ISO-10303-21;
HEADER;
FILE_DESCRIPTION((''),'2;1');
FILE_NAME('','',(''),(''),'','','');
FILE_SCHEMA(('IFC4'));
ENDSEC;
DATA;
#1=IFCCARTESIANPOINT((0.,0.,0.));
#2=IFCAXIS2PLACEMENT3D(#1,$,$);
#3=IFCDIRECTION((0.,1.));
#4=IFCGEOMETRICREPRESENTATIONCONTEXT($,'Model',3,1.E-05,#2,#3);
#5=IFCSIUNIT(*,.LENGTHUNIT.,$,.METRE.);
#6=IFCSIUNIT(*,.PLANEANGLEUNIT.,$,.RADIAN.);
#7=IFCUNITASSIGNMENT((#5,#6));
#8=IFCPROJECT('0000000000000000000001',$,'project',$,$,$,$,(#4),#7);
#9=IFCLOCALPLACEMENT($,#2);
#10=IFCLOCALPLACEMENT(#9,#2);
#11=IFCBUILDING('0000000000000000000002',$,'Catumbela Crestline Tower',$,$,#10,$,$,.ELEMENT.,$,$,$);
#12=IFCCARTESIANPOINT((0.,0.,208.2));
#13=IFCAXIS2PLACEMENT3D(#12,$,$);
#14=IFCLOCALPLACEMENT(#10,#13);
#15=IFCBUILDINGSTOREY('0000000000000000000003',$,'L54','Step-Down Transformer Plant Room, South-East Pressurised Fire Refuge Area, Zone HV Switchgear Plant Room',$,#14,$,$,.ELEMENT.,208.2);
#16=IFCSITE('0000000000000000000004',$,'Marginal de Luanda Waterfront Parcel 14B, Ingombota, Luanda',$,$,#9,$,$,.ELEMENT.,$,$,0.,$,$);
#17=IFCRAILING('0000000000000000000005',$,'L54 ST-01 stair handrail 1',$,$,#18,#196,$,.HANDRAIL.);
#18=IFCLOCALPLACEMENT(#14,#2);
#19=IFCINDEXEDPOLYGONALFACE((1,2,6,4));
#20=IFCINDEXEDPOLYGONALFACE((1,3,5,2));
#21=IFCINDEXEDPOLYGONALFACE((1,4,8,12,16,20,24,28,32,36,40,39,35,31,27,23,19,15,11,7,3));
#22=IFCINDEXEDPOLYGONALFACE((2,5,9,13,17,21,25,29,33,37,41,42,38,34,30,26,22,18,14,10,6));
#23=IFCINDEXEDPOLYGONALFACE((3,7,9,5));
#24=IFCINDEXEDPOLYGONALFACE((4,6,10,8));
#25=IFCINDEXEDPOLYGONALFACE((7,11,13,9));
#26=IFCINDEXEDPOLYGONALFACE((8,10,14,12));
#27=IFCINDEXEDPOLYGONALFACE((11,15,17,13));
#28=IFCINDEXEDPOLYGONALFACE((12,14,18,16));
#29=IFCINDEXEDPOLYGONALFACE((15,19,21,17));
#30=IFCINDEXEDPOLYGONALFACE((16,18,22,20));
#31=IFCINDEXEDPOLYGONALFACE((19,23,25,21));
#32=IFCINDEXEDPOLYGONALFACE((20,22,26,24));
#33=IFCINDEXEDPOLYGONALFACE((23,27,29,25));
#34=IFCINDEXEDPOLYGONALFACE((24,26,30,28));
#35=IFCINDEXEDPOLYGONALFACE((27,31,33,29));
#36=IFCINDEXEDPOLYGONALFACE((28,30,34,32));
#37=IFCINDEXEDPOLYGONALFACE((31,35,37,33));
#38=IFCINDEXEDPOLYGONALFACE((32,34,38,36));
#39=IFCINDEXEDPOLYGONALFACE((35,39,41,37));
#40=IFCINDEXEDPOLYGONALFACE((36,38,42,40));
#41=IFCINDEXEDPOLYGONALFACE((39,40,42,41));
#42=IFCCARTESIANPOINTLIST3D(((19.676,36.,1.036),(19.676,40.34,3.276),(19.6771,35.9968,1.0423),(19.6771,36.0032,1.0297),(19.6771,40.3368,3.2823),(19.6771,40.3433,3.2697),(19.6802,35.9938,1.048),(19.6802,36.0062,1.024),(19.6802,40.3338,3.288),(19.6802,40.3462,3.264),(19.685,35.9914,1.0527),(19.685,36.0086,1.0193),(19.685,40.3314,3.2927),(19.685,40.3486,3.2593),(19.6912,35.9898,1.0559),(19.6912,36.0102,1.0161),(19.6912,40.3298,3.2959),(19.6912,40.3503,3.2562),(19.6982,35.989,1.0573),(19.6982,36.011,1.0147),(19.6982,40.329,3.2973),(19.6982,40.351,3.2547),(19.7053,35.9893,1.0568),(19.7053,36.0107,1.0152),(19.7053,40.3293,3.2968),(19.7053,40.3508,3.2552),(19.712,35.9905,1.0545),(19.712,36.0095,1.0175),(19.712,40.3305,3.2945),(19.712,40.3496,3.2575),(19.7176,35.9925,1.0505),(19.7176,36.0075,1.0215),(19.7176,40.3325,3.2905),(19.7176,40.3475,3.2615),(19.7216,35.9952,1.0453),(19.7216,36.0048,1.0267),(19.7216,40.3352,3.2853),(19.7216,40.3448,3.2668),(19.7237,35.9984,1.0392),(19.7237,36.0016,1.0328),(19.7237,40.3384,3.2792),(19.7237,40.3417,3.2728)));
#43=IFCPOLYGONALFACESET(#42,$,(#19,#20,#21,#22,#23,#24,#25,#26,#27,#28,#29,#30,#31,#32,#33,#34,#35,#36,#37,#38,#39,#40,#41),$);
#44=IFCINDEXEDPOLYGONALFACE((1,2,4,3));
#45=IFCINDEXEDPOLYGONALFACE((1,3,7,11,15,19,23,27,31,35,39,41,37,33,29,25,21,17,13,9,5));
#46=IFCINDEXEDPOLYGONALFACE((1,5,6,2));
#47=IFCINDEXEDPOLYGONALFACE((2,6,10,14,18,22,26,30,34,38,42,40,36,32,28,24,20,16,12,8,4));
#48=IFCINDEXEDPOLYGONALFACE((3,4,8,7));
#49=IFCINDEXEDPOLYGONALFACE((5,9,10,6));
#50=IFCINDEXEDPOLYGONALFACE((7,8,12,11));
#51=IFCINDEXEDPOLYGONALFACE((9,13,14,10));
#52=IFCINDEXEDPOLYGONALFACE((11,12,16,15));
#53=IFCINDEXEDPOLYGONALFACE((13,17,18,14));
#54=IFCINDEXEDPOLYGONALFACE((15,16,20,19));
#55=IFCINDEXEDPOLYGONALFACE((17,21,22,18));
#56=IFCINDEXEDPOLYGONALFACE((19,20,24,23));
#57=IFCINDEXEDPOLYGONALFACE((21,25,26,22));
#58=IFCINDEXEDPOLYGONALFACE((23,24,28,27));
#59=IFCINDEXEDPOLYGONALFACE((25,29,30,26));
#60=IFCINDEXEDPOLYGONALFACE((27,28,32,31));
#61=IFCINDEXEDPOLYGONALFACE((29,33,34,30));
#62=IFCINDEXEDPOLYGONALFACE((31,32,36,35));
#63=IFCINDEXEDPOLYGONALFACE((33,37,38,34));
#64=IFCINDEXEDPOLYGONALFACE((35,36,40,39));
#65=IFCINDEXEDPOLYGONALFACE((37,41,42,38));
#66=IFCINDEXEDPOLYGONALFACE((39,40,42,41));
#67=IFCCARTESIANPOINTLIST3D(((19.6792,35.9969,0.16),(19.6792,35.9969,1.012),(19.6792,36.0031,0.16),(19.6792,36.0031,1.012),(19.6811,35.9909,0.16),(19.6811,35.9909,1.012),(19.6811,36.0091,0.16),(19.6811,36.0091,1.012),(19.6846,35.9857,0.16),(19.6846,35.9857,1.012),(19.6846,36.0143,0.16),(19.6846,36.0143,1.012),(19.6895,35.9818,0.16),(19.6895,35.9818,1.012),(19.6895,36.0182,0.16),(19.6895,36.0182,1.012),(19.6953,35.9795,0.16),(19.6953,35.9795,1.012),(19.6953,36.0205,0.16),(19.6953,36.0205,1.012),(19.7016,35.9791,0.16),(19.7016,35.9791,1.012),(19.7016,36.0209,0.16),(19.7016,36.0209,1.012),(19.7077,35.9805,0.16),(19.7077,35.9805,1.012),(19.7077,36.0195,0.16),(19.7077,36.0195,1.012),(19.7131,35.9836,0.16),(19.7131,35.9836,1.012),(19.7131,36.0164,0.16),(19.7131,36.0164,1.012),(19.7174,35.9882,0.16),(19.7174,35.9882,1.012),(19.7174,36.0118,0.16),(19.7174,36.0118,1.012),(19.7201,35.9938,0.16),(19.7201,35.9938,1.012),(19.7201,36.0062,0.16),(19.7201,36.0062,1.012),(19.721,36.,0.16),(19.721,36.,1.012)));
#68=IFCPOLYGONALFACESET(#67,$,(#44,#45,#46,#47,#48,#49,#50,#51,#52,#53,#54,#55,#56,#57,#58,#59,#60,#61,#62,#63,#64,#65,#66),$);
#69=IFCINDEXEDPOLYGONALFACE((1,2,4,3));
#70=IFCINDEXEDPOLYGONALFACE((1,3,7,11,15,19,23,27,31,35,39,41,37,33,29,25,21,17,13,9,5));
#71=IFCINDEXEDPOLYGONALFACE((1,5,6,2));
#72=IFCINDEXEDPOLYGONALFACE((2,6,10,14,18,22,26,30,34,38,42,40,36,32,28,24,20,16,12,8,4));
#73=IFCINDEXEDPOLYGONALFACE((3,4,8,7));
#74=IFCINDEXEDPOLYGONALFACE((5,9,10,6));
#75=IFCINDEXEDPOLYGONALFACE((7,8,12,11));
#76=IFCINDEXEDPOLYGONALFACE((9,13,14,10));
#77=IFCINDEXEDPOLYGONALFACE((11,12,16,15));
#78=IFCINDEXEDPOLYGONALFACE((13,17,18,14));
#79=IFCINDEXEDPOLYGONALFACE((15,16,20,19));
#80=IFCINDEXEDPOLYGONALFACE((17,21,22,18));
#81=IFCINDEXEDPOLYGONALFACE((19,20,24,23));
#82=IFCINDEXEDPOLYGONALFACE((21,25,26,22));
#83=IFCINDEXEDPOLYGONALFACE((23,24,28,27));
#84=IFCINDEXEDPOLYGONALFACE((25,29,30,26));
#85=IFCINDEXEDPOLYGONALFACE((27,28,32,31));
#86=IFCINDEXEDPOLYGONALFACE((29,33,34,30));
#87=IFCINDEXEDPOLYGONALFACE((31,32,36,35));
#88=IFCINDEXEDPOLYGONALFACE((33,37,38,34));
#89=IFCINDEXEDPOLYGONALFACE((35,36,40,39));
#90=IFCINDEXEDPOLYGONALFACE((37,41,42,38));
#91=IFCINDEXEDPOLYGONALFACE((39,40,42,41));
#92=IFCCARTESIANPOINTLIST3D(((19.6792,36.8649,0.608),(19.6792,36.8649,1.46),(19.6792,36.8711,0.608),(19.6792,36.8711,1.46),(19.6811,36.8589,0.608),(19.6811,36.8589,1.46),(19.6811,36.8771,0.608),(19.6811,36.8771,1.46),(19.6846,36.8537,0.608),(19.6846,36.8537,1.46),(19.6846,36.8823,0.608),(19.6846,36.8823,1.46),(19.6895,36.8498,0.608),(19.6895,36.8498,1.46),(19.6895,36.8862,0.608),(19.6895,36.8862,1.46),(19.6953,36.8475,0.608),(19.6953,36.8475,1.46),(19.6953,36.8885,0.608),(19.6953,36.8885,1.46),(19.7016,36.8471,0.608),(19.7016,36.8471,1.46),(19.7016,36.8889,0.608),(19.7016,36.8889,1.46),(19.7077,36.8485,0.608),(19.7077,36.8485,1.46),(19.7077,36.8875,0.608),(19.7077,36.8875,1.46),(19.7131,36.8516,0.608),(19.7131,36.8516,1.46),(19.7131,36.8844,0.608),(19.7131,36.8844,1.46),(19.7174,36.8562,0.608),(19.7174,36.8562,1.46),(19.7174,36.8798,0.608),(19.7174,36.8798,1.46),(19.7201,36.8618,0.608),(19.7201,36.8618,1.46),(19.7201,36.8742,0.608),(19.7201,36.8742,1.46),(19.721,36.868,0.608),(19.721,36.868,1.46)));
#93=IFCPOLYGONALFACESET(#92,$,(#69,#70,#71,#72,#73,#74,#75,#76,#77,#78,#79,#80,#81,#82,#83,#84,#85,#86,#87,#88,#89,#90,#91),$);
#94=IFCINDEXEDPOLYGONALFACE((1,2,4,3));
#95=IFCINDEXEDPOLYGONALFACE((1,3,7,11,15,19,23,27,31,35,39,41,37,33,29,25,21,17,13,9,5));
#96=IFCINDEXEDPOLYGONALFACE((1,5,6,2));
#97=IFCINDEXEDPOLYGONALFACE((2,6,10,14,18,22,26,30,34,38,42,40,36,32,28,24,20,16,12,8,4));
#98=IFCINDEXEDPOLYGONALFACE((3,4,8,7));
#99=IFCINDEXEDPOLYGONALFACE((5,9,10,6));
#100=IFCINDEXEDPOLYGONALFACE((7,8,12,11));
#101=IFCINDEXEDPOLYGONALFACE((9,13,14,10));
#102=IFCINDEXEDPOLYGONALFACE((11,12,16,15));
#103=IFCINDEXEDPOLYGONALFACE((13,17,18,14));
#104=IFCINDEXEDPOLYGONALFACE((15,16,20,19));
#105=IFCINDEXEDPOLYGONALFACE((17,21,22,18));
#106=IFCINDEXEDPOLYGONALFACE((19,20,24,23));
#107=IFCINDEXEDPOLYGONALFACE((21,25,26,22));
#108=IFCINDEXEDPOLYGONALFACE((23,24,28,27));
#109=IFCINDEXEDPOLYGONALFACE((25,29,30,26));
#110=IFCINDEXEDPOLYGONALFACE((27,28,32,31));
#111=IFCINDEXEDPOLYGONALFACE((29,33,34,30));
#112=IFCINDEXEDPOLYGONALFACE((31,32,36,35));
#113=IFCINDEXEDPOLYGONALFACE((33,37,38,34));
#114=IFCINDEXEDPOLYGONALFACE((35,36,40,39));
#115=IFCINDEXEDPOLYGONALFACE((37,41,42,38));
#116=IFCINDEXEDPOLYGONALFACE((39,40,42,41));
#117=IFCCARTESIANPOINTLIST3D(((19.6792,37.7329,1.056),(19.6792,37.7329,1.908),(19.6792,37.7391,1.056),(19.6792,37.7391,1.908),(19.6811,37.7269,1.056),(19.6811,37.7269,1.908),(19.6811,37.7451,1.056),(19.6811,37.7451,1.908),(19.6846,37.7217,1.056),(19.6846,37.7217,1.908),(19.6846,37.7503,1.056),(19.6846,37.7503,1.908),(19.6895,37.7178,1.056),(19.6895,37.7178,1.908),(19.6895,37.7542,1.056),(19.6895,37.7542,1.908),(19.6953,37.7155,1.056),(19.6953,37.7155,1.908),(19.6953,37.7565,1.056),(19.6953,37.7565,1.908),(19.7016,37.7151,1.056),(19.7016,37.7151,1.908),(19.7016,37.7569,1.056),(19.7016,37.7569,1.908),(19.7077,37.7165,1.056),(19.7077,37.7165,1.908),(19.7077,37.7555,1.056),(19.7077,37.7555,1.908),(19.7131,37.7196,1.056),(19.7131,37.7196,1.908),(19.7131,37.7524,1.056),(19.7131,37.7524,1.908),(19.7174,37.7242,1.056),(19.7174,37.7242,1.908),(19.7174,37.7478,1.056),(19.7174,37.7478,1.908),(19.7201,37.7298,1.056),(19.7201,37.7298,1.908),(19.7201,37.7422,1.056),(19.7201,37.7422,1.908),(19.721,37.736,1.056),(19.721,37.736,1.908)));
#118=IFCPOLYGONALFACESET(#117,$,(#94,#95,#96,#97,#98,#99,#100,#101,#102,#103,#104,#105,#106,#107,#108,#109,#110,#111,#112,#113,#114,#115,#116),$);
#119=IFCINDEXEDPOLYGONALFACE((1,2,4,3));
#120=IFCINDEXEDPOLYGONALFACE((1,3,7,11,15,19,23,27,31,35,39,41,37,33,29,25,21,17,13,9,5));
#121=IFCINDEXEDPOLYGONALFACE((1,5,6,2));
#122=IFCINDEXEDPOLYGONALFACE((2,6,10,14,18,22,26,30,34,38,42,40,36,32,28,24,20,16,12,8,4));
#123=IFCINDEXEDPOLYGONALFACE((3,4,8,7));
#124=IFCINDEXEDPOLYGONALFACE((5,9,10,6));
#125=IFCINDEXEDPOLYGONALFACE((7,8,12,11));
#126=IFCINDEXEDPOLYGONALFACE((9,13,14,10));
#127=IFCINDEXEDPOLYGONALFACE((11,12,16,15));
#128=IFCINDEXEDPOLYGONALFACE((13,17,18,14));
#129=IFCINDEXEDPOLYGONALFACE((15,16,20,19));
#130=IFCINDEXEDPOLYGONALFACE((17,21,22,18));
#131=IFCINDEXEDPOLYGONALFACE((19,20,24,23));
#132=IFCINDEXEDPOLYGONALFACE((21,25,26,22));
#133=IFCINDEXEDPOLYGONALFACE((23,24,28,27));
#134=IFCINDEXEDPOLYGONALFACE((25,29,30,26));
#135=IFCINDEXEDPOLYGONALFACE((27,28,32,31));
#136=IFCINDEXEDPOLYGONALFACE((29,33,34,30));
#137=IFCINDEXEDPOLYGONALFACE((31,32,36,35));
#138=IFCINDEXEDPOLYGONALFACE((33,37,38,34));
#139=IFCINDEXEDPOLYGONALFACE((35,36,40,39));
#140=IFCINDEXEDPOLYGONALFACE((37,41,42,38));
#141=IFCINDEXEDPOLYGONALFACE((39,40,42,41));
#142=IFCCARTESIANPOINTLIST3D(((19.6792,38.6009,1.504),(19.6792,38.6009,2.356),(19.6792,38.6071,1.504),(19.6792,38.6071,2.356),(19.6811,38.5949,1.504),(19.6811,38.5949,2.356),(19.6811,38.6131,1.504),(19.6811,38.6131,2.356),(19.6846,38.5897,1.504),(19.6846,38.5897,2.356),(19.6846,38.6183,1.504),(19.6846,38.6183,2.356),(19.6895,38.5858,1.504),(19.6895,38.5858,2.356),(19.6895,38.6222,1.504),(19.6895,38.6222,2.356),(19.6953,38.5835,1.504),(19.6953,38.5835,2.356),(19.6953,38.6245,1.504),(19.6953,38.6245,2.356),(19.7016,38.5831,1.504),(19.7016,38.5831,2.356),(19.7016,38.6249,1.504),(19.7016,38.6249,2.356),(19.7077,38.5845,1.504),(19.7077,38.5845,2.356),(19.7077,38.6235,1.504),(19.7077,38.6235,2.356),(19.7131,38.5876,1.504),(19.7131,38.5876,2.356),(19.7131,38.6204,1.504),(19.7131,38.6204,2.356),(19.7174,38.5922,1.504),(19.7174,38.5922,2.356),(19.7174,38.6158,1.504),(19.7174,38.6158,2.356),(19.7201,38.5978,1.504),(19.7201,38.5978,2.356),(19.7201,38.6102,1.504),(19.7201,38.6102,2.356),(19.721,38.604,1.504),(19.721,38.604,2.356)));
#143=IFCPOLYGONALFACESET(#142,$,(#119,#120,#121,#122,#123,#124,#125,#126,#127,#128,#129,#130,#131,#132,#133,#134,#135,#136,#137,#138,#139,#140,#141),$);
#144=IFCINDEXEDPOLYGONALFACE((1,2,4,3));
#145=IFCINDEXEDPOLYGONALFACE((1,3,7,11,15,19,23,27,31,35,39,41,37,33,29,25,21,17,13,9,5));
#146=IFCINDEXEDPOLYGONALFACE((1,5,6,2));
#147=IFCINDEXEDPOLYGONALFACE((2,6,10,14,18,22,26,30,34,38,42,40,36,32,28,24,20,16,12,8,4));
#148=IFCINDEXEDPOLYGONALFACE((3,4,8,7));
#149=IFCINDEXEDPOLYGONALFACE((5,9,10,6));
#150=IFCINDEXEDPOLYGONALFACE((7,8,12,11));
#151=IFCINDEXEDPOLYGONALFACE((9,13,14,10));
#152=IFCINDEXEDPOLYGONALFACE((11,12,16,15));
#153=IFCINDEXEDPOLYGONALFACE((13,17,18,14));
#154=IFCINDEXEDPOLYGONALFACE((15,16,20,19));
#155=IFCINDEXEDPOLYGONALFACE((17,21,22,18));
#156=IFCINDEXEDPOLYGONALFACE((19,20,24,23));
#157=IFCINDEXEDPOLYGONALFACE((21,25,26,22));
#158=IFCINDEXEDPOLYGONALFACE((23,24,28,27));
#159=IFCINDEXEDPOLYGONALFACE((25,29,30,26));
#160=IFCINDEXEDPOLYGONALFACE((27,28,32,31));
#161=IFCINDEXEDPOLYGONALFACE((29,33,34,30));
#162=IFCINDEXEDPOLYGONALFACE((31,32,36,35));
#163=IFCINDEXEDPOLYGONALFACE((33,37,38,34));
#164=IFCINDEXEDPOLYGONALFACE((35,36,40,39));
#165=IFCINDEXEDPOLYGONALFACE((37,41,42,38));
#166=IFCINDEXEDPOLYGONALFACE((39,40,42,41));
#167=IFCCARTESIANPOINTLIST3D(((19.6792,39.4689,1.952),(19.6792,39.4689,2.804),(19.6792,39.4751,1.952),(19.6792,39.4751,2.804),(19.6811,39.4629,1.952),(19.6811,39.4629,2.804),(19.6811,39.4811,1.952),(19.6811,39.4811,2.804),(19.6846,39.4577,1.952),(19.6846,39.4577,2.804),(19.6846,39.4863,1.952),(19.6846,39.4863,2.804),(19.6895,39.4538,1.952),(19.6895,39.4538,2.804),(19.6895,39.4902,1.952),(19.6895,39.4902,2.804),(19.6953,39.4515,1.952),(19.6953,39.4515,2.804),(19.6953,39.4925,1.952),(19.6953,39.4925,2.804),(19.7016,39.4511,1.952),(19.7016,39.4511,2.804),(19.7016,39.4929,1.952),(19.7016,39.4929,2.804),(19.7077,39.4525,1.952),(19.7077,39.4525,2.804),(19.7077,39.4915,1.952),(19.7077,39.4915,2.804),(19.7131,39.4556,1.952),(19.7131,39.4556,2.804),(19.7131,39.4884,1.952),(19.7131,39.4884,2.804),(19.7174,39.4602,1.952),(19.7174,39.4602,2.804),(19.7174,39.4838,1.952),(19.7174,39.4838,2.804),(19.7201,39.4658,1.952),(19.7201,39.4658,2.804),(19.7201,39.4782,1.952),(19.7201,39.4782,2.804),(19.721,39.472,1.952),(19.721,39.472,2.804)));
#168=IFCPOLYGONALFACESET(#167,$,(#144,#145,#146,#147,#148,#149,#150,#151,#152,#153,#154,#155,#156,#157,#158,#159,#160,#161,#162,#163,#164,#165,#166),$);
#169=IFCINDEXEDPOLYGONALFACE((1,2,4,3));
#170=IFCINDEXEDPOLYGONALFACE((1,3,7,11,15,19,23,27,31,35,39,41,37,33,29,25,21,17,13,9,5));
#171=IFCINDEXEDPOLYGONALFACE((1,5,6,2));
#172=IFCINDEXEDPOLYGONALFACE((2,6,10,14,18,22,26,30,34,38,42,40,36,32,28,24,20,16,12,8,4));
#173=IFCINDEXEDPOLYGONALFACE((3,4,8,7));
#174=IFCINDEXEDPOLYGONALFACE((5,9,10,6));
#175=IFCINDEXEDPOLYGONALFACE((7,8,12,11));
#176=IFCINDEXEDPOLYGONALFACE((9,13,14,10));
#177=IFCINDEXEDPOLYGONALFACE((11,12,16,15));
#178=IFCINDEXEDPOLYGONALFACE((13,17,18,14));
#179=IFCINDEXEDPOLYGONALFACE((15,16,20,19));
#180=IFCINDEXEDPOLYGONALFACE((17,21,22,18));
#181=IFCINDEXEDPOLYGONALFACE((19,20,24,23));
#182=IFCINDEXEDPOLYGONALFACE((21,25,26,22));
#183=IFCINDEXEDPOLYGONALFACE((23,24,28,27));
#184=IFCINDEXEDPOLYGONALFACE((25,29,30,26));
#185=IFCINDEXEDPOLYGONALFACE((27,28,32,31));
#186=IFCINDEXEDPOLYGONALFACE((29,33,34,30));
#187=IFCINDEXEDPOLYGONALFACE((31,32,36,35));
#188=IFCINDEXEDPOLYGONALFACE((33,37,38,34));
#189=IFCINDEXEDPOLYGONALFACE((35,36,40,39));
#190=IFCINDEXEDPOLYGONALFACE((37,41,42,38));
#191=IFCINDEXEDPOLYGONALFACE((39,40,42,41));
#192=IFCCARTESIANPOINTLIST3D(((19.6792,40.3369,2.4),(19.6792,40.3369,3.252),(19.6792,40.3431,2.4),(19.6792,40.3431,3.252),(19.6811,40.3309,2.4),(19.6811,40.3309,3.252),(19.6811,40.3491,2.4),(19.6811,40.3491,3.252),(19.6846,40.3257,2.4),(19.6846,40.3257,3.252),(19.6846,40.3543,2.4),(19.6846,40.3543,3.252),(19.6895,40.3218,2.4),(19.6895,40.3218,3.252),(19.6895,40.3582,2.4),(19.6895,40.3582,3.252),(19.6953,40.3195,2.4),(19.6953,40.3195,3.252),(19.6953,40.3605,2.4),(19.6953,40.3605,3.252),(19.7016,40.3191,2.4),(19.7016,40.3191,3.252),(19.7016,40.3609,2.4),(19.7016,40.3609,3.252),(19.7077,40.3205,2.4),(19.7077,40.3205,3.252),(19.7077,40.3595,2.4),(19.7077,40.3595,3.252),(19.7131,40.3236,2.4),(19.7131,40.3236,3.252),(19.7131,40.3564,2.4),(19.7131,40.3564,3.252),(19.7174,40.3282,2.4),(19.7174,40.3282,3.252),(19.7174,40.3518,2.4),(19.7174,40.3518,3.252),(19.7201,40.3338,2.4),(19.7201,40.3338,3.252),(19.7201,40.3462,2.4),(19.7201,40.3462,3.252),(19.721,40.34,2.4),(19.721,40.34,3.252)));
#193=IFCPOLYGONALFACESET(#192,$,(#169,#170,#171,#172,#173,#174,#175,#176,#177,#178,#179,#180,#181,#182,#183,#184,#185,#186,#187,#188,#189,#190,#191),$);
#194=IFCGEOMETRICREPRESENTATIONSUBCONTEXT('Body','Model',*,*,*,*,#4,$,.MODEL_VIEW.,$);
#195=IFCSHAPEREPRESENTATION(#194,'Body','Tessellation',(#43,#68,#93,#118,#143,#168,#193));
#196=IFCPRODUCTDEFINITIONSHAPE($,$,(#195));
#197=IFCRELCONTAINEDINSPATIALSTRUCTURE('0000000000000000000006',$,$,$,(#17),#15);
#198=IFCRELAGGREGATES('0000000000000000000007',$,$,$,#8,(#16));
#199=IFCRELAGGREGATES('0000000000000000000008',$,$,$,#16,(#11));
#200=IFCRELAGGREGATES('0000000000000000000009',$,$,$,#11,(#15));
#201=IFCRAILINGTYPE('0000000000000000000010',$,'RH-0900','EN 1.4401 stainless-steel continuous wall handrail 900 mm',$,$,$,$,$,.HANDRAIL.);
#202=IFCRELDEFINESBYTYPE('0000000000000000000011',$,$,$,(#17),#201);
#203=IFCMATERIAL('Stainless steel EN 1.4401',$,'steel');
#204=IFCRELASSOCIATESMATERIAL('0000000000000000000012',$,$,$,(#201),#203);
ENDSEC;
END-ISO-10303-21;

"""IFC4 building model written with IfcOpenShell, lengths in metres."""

from ifc_helpers import new_model, si_unit, direction, frame, origin, origin_2d, place, context, subcontext, project, spatial, circle, extrude, material, type_object, element, save


model = new_model("IFC4")

# Units and contexts
model_context = context("Model", 3, precision=1e-05, world=origin(), true_north=direction((0.0, 1.0)))
body_context = subcontext(model_context, "Body", "Model", "MODEL_VIEW")
ifc_project = project(units=[si_unit("LENGTHUNIT", "METRE"), si_unit("PLANEANGLEUNIT", "RADIAN")], contexts=[model_context])

# Site, building, storey
site_placement = place(None, origin())
site = spatial("IfcSite", under=ifc_project, at=site_placement, Name="Marginal de Luanda Waterfront Parcel 14B, Ingombota, Luanda", CompositionType="ELEMENT", RefElevation=0.0)
building_placement = place(site_placement, origin())
building = spatial("IfcBuilding", under=site, at=building_placement, Name="Catumbela Crestline Tower", CompositionType="ELEMENT")
storey_placement = place(building_placement, frame((0.0, 0.0, 208.2)))
storey = spatial("IfcBuildingStorey", under=building, at=storey_placement, Name="L54", Description="Step-Down Transformer Plant Room, South-East Pressurised Fire Refuge Area, Zone HV Switchgear Plant Room", CompositionType="ELEMENT", Elevation=208.2)

# Shared definitions
ifc_material_1 = material(Name="Stainless steel EN 1.4401", Category="steel")

# Railing
railing_type = type_object("IfcRailingType", Name="RH-0900", Description="EN 1.4401 stainless-steel continuous wall handrail 900 mm", PredefinedType="HANDRAIL", material=ifc_material_1)
railing_placement = place(storey_placement, frame((19.7, 36.0, 0.16)))
element("IfcRailing", 1, at=railing_placement, inside=storey, type_object=railing_type, Name="L54 ST-01 stair handrail 1", PredefinedType="HANDRAIL", context=body_context, shape_type="SweptSolid", body=[
    extrude(circle(Radius=0.024, at=origin_2d()), frame((0.0, 0.0, 0.876), z_axis=(0.0, 0.888621, 0.458643), x_axis=(-1.0, 0.0, 0.0)), (0.0, 0.0, 1.0), 4.884),
    extrude(circle(Radius=0.021, at=origin_2d()), origin(), (0.0, 0.0, 1.0), 0.852),
    extrude(circle(Radius=0.021, at=origin_2d()), frame((0.0, 0.868, 0.448)), (0.0, 0.0, 1.0), 0.852),
    extrude(circle(Radius=0.021, at=origin_2d()), frame((0.0, 1.736, 0.896)), (0.0, 0.0, 1.0), 0.852),
    extrude(circle(Radius=0.021, at=origin_2d()), frame((0.0, 2.604, 1.344)), (0.0, 0.0, 1.0), 0.852),
    extrude(circle(Radius=0.021, at=origin_2d()), frame((0.0, 3.472, 1.792)), (0.0, 0.0, 1.0), 0.852),
    extrude(circle(Radius=0.021, at=origin_2d()), frame((0.0, 4.34, 2.24)), (0.0, 0.0, 1.0), 0.852),
])

save(model, "model.ifc")
